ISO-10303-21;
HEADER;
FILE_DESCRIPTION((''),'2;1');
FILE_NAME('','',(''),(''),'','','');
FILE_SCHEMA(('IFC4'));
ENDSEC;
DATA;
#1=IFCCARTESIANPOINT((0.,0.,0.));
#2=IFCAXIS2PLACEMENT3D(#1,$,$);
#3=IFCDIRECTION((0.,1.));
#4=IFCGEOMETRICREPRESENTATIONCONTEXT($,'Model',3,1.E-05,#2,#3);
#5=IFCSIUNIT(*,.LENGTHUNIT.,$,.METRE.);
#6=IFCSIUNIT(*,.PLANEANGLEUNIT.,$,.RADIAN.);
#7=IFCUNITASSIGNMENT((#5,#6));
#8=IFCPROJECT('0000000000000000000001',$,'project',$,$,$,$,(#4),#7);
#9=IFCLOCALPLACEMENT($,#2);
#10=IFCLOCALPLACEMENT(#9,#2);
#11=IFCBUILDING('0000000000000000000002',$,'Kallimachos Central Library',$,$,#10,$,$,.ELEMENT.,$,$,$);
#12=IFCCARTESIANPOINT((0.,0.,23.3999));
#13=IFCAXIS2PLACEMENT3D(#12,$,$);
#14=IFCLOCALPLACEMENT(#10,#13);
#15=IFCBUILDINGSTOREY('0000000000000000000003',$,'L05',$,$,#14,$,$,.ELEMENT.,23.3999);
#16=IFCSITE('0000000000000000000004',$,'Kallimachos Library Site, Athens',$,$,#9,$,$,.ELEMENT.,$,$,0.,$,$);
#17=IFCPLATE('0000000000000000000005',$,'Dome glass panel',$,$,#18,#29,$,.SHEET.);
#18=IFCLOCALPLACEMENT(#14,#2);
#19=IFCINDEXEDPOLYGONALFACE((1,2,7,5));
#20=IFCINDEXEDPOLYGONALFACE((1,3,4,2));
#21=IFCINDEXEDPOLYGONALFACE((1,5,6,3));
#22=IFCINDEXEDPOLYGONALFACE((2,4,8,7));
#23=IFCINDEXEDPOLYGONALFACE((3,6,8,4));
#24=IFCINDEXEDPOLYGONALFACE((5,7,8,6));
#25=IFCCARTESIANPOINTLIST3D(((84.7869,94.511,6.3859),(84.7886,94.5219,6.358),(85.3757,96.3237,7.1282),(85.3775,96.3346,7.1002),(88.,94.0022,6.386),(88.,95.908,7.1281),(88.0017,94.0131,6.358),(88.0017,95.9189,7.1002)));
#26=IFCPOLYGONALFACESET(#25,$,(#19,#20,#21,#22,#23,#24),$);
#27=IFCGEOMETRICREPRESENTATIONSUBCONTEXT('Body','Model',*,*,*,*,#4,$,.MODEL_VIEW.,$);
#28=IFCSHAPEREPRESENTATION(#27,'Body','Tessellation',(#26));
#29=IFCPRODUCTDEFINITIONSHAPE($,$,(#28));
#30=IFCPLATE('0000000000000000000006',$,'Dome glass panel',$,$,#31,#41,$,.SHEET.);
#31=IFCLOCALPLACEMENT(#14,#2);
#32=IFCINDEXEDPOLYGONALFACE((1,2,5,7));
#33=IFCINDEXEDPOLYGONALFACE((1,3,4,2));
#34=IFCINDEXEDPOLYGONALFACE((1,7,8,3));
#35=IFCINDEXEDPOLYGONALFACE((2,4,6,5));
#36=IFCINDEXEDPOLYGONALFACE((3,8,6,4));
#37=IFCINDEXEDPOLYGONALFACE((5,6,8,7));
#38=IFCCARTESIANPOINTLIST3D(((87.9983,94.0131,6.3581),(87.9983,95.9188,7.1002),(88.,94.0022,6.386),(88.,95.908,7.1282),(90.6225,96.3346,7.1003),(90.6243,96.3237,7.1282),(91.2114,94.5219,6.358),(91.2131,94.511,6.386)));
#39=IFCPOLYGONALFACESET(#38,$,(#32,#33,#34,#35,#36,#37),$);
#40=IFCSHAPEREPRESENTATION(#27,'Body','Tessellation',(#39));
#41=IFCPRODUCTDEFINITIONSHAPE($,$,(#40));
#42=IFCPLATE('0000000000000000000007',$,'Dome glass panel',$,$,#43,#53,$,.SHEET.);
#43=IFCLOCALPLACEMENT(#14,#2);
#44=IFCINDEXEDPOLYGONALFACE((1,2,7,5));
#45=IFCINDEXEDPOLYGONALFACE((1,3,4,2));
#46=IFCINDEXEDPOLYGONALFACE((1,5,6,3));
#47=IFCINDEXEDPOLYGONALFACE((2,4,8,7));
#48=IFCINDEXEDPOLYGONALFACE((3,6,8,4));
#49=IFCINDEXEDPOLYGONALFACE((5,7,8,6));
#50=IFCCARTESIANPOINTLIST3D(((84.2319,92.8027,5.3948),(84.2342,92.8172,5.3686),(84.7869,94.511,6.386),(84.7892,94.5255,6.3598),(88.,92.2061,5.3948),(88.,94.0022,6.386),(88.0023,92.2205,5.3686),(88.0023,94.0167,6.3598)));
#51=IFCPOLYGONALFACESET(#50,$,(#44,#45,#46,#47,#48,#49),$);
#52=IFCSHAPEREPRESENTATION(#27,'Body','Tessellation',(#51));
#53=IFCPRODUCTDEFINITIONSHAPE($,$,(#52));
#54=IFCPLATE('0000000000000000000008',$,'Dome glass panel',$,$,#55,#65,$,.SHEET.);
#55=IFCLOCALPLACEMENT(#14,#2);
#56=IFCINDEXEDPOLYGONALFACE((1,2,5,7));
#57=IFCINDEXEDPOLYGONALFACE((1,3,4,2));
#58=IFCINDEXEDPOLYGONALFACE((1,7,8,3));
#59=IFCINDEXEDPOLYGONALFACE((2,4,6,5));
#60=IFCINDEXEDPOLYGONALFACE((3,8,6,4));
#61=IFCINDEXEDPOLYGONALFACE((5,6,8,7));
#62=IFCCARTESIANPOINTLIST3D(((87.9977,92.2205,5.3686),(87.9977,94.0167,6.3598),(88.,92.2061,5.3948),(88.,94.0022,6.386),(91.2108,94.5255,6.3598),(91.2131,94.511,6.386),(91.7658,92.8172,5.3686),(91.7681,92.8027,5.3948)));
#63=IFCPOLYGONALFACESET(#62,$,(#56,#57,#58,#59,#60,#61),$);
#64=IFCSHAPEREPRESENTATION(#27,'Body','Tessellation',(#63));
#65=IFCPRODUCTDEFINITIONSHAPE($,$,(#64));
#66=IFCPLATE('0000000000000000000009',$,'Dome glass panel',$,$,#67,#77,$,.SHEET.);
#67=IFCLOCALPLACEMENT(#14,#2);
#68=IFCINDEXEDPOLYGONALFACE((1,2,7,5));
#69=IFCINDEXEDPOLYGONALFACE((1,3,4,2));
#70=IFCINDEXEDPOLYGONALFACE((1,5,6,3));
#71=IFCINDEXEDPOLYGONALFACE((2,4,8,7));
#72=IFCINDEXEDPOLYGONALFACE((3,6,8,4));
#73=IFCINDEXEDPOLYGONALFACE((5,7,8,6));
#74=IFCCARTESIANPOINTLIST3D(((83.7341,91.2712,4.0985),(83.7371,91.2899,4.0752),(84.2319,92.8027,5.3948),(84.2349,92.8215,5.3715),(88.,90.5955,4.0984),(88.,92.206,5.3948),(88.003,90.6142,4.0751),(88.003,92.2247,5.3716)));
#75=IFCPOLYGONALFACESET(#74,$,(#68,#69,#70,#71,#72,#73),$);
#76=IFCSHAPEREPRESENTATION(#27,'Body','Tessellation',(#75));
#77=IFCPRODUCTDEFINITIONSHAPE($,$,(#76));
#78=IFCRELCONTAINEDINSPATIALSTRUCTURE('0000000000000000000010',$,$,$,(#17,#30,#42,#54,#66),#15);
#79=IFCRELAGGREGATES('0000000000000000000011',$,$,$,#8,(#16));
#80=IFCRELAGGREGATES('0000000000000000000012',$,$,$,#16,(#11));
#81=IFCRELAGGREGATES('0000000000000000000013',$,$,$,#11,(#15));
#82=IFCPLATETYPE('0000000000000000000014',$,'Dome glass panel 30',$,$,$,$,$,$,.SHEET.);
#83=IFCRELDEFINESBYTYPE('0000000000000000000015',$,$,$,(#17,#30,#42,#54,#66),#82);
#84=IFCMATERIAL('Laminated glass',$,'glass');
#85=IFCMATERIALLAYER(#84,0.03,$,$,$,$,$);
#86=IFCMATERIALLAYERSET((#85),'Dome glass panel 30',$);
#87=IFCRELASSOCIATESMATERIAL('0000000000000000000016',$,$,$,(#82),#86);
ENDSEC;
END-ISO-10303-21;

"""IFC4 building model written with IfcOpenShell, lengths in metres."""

from ifc_helpers import new_model, si_unit, direction, frame, origin, place, context, subcontext, project, spatial, polyline, outline, extrude, material, layer, layer_set, type_object, element, save


model = new_model("IFC4")

# Units and contexts
model_context = context("Model", 3, precision=1e-05, world=origin(), true_north=direction((0.0, 1.0)))
body_context = subcontext(model_context, "Body", "Model", "MODEL_VIEW")
ifc_project = project(units=[si_unit("LENGTHUNIT", "METRE"), si_unit("PLANEANGLEUNIT", "RADIAN")], contexts=[model_context])

# Site, building, storey
site_placement = place(None, origin())
site = spatial("IfcSite", under=ifc_project, at=site_placement, Name="Kallimachos Library Site, Athens", CompositionType="ELEMENT", RefElevation=0.0)
building_placement = place(site_placement, origin())
building = spatial("IfcBuilding", under=site, at=building_placement, Name="Kallimachos Central Library", CompositionType="ELEMENT")
storey_placement = place(building_placement, frame((0.0, 0.0, 23.3999)))
storey = spatial("IfcBuildingStorey", under=building, at=storey_placement, Name="L05", CompositionType="ELEMENT", Elevation=23.3999)

# Plates
ifc_material_1 = material(Name="Laminated glass", Category="glass")
ifc_layer = layer(ifc_material_1, 0.03)
ifc_layer_set = layer_set([ifc_layer], Name="Dome glass panel 30")
plate_type = type_object("IfcPlateType", Name="Dome glass panel 30", PredefinedType="SHEET", material=ifc_layer_set)
plate_1_placement = place(storey_placement, frame((85.3757, 96.3237, 7.1282), z_axis=(-0.057379, -0.362277, 0.930303), x_axis=(-0.287897, -0.886247, -0.362878)))
element("IfcPlate", 1, at=plate_1_placement, inside=storey, type_object=plate_type, Name="Dome glass panel", PredefinedType="SHEET", context=body_context, shape_type="SweptSolid", body=[
    extrude(outline(polyline([(0.0, 0.0), (2.0454, 0.0), (1.5713, 3.2184), (-0.387, 2.6287), (0.0, 0.0)])), origin(), (0.0, 0.0, -1.0), 0.03),
])
plate_2_placement = place(storey_placement, frame((88.0, 95.908, 7.1282), z_axis=(0.057379, -0.362277, 0.930303), x_axis=(0.000001, -0.931838, -0.362875)))
element("IfcPlate", 2, at=plate_2_placement, inside=storey, type_object=plate_type, Name="Dome glass panel", PredefinedType="SHEET", context=body_context, shape_type="SweptSolid", body=[
    extrude(outline(polyline([(0.0, 0.0), (2.0452, 0.0), (1.5711, 3.2184), (-0.3874, 2.6286), (0.0, 0.0)])), origin(), (0.0, 0.0, -1.0), 0.03),
])
plate_3_placement = place(storey_placement, frame((84.7869, 94.511, 6.386), z_axis=(-0.076286, -0.481759, 0.872977), x_axis=(-0.270503, -0.832693, -0.483167)))
element("IfcPlate", 3, at=plate_3_placement, inside=storey, type_object=plate_type, Name="Dome glass panel", PredefinedType="SHEET", context=body_context, shape_type="SweptSolid", body=[
    extrude(outline(polyline([(0.0, 0.0), (2.0515, 0.0), (1.5291, 3.7791), (-0.4455, 3.2225), (0.0, 0.0)])), origin(), (0.0, 0.0, -1.0), 0.03),
])
plate_4_placement = place(storey_placement, frame((88.0, 94.0022, 6.386), z_axis=(0.076286, -0.481759, 0.872977), x_axis=(0.0, -0.875528, -0.483167)))
element("IfcPlate", 4, at=plate_4_placement, inside=storey, type_object=plate_type, Name="Dome glass panel", PredefinedType="SHEET", context=body_context, shape_type="SweptSolid", body=[
    extrude(outline(polyline([(0.0, 0.0), (2.0515, 0.0), (1.5291, 3.7791), (-0.4455, 3.2225), (0.0, 0.0)])), origin(), (0.0, 0.0, -1.0), 0.03),
])
plate_5_placement = place(storey_placement, frame((84.2319, 92.8027, 5.3948), z_axis=(-0.09883, -0.623986, 0.775161), x_axis=(-0.240798, -0.740828, -0.627049)))
element("IfcPlate", 5, at=plate_5_placement, inside=storey, type_object=plate_type, Name="Dome glass panel", PredefinedType="SHEET", context=body_context, shape_type="SweptSolid", body=[
    extrude(outline(polyline([(0.0, 0.0), (2.0673, 0.0), (1.5408, 4.2868), (-0.4653, 3.7865), (0.0, 0.0)])), origin(), (0.0, 0.0, -1.0), 0.03),
])

save(model, "model.ifc")
